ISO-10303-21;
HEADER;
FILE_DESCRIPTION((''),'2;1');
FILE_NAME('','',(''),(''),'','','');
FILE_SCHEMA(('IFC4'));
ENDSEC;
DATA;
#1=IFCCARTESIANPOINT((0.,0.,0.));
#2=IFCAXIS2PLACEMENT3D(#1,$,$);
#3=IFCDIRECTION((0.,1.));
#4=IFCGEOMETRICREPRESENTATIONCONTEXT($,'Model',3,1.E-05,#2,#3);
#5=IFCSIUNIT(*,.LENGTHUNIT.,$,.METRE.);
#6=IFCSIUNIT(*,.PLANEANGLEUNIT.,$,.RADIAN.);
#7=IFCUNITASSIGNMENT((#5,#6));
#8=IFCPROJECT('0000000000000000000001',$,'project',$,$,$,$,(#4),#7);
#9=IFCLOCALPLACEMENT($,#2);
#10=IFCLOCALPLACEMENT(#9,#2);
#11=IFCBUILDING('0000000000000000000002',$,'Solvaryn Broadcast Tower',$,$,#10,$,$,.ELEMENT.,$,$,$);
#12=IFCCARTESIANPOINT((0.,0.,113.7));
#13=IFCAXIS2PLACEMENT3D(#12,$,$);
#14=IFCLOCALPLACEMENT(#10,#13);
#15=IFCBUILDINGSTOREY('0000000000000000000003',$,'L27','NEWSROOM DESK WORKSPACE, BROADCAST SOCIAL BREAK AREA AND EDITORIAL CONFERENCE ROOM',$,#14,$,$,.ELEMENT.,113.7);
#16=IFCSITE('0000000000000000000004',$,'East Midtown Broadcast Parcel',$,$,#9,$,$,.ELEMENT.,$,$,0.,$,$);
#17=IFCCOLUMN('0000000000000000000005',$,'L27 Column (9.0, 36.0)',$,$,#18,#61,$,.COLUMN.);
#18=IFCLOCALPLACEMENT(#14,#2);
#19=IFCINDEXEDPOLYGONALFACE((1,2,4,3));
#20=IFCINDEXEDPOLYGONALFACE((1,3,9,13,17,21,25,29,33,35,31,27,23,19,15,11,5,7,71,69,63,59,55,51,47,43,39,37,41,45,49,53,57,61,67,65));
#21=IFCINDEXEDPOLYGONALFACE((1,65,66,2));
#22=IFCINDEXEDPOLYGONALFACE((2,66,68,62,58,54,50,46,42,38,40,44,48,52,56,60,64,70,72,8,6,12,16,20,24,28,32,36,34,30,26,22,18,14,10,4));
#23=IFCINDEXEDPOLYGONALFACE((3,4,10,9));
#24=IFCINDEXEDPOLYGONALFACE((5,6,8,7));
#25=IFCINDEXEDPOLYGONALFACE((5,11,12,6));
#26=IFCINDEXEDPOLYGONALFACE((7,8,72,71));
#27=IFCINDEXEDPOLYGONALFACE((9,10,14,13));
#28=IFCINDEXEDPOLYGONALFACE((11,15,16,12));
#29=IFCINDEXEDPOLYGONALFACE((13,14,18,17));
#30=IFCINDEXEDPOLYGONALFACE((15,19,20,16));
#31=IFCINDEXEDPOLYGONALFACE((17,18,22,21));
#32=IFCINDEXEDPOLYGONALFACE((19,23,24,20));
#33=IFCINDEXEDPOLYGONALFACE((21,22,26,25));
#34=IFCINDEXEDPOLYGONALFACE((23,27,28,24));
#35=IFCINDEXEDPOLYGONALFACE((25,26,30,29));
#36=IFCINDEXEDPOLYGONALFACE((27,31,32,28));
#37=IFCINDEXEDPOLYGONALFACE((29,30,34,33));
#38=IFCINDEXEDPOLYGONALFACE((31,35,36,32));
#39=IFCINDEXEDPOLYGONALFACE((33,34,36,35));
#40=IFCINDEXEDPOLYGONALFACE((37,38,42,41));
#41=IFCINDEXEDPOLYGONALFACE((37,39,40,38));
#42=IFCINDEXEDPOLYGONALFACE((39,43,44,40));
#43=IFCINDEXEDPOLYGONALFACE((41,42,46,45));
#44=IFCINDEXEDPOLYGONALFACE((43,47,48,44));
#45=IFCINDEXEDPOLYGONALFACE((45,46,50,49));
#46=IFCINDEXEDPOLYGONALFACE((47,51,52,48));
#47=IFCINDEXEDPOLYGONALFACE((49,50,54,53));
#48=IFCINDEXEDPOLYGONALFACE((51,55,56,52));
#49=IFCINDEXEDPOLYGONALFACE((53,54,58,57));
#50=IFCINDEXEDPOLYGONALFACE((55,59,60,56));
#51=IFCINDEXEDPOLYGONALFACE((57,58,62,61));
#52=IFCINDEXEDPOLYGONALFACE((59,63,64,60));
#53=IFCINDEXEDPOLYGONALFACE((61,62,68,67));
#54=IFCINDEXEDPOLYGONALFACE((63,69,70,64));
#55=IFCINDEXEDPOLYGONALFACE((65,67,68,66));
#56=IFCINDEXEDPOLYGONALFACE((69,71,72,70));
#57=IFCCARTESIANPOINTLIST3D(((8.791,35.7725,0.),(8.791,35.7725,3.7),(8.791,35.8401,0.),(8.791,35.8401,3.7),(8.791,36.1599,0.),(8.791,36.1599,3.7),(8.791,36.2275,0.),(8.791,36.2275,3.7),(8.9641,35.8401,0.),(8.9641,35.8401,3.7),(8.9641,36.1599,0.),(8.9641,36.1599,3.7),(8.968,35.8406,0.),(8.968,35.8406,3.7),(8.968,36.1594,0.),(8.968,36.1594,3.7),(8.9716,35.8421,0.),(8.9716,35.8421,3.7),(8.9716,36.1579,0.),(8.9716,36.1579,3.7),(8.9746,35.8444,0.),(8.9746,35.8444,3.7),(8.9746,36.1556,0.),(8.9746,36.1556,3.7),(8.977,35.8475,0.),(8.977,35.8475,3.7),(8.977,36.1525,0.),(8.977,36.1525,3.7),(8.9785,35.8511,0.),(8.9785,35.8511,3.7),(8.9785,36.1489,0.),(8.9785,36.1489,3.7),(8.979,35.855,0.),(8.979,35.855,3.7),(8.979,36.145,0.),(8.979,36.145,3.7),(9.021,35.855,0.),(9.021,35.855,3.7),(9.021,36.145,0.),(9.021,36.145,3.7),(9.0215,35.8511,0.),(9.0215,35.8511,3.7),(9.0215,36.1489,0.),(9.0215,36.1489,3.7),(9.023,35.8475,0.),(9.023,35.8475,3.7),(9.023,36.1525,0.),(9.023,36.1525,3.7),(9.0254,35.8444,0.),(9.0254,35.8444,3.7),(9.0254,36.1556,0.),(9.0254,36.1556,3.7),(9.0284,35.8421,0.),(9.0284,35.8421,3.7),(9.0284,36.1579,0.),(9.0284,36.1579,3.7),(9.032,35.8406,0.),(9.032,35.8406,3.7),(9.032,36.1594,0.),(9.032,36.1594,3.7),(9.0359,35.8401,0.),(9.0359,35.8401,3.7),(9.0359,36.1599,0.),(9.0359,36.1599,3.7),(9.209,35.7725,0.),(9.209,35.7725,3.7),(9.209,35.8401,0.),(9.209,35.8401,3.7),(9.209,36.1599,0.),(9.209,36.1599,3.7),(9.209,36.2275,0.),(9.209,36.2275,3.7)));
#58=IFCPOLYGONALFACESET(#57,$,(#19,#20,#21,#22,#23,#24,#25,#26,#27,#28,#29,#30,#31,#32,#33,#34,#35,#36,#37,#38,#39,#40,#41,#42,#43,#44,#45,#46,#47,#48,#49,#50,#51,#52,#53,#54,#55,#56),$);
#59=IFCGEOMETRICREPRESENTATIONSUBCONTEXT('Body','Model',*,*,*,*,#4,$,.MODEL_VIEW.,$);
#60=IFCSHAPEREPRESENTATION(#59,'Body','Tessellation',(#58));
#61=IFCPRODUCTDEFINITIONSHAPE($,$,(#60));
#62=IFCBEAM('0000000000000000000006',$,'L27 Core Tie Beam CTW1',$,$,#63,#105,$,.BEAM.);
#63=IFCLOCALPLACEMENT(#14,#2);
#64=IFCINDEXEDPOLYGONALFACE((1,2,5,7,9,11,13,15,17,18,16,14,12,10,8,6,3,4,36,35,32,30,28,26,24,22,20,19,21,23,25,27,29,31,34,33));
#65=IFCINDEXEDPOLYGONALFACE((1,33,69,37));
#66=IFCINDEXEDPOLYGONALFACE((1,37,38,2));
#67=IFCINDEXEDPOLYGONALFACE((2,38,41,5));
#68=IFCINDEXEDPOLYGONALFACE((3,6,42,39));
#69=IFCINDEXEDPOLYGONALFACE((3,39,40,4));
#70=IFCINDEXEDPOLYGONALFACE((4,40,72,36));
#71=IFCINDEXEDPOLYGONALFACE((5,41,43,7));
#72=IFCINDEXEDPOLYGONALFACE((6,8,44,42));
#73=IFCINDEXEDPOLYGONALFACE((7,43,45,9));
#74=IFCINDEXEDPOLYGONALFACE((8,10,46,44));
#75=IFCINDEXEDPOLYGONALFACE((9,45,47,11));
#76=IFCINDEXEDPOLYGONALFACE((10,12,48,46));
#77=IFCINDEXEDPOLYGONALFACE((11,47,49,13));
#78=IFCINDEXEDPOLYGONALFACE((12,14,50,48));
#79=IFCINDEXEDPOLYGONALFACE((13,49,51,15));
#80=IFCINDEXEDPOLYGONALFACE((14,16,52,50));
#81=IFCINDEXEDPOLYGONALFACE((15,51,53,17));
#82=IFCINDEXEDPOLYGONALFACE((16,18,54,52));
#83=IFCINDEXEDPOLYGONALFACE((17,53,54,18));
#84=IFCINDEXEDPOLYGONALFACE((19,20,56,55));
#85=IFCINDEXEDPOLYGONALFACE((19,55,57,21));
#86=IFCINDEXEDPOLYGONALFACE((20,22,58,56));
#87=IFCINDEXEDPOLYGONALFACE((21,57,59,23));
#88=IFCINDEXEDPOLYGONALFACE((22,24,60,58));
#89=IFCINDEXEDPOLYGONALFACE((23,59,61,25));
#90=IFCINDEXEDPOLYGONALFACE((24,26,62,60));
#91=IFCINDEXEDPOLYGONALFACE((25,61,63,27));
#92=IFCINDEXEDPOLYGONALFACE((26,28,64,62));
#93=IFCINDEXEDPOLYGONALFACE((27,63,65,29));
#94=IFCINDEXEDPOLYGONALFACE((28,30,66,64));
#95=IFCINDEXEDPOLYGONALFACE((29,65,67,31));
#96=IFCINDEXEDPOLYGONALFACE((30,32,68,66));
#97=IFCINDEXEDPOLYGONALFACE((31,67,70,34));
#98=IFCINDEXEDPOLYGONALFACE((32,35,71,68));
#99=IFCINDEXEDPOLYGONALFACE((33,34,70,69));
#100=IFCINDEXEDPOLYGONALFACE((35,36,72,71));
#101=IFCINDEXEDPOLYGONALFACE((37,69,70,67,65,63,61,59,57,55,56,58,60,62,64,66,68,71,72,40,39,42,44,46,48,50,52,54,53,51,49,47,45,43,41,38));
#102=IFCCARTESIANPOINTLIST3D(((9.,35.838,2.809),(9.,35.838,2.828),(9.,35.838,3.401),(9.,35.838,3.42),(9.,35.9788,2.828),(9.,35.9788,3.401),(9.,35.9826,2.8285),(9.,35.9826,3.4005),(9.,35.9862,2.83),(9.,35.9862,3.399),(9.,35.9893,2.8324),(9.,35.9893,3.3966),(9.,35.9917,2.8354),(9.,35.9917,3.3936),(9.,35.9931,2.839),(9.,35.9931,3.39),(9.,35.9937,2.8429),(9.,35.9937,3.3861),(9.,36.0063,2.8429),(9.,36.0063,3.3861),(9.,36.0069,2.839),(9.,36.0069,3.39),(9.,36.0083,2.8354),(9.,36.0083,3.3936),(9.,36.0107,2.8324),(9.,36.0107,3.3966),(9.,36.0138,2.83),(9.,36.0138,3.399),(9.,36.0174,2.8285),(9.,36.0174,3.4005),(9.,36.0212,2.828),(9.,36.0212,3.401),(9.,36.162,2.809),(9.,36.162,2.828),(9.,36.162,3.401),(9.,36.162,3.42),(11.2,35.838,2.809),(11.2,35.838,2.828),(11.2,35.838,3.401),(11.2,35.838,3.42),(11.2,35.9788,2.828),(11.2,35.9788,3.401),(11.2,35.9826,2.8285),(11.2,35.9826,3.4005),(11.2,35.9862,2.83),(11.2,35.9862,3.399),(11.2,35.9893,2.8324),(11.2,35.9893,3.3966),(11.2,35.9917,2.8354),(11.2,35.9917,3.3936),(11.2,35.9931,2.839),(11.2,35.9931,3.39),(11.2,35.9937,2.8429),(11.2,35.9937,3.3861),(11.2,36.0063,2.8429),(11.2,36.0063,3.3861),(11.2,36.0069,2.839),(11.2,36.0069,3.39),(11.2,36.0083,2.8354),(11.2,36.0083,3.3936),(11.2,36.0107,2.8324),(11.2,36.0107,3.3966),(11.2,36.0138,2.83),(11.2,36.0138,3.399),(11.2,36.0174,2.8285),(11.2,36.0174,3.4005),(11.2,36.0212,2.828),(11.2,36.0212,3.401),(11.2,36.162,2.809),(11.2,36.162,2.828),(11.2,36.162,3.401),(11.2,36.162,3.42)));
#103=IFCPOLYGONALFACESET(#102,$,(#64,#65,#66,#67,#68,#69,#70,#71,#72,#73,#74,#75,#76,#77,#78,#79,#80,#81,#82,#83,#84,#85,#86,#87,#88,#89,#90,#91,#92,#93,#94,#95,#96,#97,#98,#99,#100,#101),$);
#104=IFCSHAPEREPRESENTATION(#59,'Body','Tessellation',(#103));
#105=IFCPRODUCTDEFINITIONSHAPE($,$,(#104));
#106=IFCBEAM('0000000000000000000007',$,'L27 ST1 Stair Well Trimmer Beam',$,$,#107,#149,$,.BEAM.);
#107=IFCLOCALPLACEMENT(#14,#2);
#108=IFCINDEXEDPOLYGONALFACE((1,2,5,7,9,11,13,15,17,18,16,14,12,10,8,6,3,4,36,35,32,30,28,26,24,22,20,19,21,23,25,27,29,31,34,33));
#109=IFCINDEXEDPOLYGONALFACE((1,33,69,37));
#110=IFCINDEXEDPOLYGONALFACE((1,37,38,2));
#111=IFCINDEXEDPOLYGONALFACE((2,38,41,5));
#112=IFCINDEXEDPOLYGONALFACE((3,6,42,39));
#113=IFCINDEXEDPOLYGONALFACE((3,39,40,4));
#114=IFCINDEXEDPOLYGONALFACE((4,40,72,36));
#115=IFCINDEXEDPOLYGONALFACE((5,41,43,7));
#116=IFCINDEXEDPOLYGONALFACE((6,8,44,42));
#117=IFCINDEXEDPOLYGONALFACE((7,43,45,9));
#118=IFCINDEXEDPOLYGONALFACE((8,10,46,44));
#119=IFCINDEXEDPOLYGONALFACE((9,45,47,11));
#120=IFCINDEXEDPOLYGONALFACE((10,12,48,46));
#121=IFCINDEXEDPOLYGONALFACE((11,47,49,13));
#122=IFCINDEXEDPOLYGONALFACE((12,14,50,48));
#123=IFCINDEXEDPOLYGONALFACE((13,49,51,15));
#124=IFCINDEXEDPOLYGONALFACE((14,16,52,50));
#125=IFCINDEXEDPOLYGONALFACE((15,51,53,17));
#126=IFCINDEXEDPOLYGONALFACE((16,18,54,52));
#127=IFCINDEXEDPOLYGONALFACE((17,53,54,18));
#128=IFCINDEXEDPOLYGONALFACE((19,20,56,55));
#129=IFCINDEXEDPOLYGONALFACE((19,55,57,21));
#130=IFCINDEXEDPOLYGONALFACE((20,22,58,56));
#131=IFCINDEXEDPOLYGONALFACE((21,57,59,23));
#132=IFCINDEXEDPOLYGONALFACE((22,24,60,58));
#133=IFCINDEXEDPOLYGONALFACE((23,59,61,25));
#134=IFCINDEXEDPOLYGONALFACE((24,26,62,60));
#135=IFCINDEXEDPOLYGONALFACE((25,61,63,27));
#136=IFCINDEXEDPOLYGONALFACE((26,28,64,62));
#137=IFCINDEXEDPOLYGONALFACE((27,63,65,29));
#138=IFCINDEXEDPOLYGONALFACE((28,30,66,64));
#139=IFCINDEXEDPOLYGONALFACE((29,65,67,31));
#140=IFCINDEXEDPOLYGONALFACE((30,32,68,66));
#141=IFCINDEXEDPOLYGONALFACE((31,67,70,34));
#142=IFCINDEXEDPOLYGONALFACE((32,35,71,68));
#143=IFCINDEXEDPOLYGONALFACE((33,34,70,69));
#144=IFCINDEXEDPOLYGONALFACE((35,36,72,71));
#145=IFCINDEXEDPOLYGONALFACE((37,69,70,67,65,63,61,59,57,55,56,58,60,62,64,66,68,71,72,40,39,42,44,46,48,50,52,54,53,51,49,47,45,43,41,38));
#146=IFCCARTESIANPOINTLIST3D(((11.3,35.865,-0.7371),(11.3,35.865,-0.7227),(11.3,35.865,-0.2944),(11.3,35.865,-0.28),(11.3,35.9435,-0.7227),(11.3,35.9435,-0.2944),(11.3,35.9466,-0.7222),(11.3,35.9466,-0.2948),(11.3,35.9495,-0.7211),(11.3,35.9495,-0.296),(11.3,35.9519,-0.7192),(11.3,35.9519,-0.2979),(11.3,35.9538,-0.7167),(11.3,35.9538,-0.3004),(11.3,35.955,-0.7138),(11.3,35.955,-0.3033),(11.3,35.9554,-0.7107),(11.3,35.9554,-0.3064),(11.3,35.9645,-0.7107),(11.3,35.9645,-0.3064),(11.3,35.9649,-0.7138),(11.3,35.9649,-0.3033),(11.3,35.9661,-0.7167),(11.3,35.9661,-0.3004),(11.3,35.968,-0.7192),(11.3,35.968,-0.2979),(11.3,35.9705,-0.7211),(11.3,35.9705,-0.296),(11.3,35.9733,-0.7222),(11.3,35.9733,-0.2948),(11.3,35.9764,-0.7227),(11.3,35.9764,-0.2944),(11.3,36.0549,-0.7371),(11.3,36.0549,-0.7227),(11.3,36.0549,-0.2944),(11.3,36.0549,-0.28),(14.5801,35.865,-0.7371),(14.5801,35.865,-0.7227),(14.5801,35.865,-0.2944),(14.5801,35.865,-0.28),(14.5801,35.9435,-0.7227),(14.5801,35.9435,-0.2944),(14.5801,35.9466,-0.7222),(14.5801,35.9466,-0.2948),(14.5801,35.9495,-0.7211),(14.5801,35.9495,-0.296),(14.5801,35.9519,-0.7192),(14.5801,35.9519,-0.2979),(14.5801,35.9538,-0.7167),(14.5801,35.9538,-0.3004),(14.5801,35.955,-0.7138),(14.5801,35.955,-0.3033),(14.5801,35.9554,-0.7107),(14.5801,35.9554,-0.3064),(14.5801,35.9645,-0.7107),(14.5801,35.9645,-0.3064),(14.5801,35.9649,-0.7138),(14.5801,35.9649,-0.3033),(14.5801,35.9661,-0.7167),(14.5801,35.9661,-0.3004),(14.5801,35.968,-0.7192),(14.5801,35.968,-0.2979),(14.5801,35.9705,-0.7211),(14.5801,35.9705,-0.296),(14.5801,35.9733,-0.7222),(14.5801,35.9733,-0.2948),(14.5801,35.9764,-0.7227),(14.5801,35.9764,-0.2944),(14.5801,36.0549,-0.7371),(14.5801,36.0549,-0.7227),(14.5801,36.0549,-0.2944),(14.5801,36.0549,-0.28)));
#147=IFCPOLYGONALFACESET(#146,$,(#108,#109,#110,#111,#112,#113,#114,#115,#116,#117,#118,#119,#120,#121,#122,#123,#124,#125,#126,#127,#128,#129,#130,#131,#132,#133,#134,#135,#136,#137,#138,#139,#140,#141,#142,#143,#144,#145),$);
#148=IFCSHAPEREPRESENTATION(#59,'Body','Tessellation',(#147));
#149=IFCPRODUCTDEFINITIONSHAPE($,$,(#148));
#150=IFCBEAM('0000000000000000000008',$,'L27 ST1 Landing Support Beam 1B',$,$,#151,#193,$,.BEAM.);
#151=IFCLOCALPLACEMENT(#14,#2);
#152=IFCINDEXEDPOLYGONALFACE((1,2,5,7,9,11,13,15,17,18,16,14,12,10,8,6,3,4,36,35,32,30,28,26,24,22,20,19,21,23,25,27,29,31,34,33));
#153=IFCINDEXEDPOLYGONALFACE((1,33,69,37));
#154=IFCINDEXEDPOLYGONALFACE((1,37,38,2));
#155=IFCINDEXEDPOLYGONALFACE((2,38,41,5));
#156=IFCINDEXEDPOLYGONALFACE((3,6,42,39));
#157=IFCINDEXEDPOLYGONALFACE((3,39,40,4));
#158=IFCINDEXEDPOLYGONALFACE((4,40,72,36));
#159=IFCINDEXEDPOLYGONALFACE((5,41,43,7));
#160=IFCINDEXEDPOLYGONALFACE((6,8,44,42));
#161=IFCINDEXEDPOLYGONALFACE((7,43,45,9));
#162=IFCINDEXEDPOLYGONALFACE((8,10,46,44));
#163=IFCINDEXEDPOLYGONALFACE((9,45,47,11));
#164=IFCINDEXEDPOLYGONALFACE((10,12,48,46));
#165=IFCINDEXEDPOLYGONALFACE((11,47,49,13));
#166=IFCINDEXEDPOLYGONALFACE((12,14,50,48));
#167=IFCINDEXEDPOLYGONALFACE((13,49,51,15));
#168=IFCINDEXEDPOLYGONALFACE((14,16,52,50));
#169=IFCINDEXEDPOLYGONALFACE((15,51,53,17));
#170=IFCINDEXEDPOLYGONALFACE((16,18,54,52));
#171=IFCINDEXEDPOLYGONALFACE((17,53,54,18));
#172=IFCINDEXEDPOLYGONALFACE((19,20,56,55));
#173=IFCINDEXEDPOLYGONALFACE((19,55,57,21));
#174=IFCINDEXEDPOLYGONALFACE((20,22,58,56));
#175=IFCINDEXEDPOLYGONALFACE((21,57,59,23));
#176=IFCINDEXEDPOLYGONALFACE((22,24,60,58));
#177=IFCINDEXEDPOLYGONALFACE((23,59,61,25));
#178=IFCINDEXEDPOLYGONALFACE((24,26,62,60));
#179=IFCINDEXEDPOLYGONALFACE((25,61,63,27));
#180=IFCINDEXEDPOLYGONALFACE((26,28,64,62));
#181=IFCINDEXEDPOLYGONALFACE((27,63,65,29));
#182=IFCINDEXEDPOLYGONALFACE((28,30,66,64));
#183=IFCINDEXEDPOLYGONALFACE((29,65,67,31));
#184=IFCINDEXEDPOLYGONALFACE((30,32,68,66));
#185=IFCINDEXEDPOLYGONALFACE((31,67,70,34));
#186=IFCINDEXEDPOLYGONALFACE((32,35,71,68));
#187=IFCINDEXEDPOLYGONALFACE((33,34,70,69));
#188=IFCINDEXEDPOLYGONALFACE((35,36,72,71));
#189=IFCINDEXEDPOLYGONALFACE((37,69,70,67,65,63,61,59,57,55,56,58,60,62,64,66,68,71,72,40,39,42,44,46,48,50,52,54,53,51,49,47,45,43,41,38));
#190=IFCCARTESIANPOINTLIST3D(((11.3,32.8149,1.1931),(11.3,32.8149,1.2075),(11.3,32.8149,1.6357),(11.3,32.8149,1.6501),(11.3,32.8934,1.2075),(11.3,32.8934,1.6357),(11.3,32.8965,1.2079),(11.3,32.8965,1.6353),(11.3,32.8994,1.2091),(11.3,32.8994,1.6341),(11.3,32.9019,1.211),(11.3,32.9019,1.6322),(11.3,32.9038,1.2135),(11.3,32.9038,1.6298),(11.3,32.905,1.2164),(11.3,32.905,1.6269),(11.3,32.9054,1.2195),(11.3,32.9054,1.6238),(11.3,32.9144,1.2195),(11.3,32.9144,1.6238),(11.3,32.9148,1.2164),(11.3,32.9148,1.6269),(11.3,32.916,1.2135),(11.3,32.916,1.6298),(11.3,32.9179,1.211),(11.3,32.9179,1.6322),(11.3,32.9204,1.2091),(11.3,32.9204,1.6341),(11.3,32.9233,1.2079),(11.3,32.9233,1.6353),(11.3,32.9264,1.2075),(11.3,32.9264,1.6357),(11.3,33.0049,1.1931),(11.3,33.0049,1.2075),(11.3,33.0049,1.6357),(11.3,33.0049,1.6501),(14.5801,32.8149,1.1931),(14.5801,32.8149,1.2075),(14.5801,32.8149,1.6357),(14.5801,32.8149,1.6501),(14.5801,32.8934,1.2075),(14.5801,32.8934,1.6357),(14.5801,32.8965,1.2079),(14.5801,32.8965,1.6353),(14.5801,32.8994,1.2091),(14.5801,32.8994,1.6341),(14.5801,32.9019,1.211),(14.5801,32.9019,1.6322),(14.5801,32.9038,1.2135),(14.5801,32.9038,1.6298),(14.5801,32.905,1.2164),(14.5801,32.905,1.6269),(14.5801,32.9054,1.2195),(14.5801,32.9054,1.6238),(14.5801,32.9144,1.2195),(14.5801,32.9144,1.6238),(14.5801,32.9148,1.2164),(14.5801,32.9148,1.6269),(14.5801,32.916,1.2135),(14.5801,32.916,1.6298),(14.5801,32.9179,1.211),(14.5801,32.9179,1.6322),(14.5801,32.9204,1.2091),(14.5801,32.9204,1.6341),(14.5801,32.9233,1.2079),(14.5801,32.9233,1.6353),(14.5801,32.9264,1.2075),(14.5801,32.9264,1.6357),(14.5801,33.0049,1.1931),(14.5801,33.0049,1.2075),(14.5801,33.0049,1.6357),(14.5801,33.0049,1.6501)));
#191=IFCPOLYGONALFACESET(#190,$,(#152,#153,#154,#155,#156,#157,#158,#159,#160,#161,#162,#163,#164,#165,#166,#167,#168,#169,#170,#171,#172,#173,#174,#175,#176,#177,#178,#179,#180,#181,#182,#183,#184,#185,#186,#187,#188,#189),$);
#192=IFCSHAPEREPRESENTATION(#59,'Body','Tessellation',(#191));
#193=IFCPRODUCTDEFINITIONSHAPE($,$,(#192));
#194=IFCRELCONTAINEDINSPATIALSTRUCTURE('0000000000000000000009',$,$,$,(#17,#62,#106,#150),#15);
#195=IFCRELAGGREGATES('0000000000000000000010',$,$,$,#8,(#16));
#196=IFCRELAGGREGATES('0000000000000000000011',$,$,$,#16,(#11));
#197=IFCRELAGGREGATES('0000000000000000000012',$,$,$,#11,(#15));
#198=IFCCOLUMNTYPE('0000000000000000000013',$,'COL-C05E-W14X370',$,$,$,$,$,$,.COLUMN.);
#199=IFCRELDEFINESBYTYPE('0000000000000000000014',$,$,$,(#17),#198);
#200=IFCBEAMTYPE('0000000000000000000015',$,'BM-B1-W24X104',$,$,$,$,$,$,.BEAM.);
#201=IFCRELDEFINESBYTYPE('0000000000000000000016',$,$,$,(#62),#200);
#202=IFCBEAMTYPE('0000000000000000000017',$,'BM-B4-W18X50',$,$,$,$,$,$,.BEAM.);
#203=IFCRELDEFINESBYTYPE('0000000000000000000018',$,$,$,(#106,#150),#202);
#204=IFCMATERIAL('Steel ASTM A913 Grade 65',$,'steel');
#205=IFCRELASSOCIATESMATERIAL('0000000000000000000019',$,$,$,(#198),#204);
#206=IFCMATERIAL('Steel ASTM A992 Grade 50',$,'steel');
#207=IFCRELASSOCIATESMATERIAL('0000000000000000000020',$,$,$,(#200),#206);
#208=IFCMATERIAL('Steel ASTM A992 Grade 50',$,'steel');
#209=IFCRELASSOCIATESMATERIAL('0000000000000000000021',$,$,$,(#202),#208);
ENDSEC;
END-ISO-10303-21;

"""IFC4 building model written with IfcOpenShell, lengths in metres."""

from ifc_helpers import new_model, si_unit, direction, frame, origin, origin_2d, place, context, subcontext, project, spatial, i_section, extrude, material, material_profile, profile_set, type_object, element, save


model = new_model("IFC4")

# Units and contexts
model_context = context("Model", 3, precision=1e-05, world=origin(), true_north=direction((0.0, 1.0)))
body_context = subcontext(model_context, "Body", "Model", "MODEL_VIEW")
ifc_project = project(units=[si_unit("LENGTHUNIT", "METRE"), si_unit("PLANEANGLEUNIT", "RADIAN")], contexts=[model_context])

# Site, building, storey
site_placement = place(None, origin())
site = spatial("IfcSite", under=ifc_project, at=site_placement, Name="East Midtown Broadcast Parcel", CompositionType="ELEMENT", RefElevation=0.0)
building_placement = place(site_placement, origin())
building = spatial("IfcBuilding", under=site, at=building_placement, Name="Solvaryn Broadcast Tower", CompositionType="ELEMENT")
storey_placement = place(building_placement, frame((0.0, 0.0, 113.7)))
storey = spatial("IfcBuildingStorey", under=building, at=storey_placement, Name="L27", Description="NEWSROOM DESK WORKSPACE, BROADCAST SOCIAL BREAK AREA AND EDITORIAL CONFERENCE ROOM", CompositionType="ELEMENT", Elevation=113.7)

# Column
ifc_material_1 = material(Name="Steel ASTM A913 Grade 65", Category="steel")
ifc_material_profile_1 = material_profile(ifc_material_1, i_section(OverallWidth=0.418, OverallDepth=0.4551, WebThickness=0.042, FlangeThickness=0.0676, FilletRadius=0.0149, at=origin_2d()))
ifc_profile_set_1 = profile_set([ifc_material_profile_1], Name="Steel ASTM A913 Grade 65")
column_type = type_object("IfcColumnType", Name="COL-C05E-W14X370", PredefinedType="COLUMN", material=ifc_profile_set_1)
column_placement = place(storey_placement, frame((9.0, 36.0, 0.0), z_axis=(0.0, 0.0, 1.0), x_axis=(1.0, 0.0, 0.0)))
element("IfcColumn", 1, at=column_placement, inside=storey, type_object=column_type, Name="L27 Column (9.0, 36.0)", PredefinedType="COLUMN", context=body_context, shape_type="SweptSolid", body=[
    extrude(i_section(OverallWidth=0.418, OverallDepth=0.4551, WebThickness=0.042, FlangeThickness=0.0676, FilletRadius=0.0149, at=origin_2d()), origin(), (0.0, 0.0, 1.0), 3.7),
])

# Beams
ifc_material_2 = material(Name="Steel ASTM A992 Grade 50", Category="steel")
ifc_material_profile_2 = material_profile(ifc_material_2, i_section(OverallWidth=0.324, OverallDepth=0.6111, WebThickness=0.0127, FlangeThickness=0.019, FilletRadius=0.0149, at=origin_2d()))
ifc_profile_set_2 = profile_set([ifc_material_profile_2], Name="Steel ASTM A992 Grade 50")
beam_type_1 = type_object("IfcBeamType", Name="BM-B1-W24X104", PredefinedType="BEAM", material=ifc_profile_set_2)
beam_1_placement = place(storey_placement, frame((9.0, 36.0, 3.1145), z_axis=(1.0, 0.0, 0.0), x_axis=(0.0, 1.0, 0.0)))
element("IfcBeam", 2, at=beam_1_placement, inside=storey, type_object=beam_type_1, Name="L27 Core Tie Beam CTW1", PredefinedType="BEAM", context=body_context, shape_type="SweptSolid", body=[
    extrude(i_section(OverallWidth=0.324, OverallDepth=0.6111, WebThickness=0.0127, FlangeThickness=0.019, FilletRadius=0.0149, at=origin_2d()), origin(), (0.0, 0.0, 1.0), 2.2),
])
ifc_material_3 = material(Name="Steel ASTM A992 Grade 50", Category="steel")
ifc_material_profile_3 = material_profile(ifc_material_3, i_section(OverallWidth=0.1899, OverallDepth=0.457, WebThickness=0.009, FlangeThickness=0.0144, FilletRadius=0.012, at=origin_2d()))
ifc_profile_set_3 = profile_set([ifc_material_profile_3], Name="Steel ASTM A992 Grade 50")
beam_type_2 = type_object("IfcBeamType", Name="BM-B4-W18X50", PredefinedType="BEAM", material=ifc_profile_set_3)
for number, where, z_axis, x_axis, name in (
    (3, (11.3, 35.96, -0.5085), (1.0, 0.0, 0.0), (0.0, 1.0, 0.0), "L27 ST1 Stair Well Trimmer Beam"),
    (4, (11.3, 32.9099, 1.4216), (1.0, 0.0, 0.0), (0.0, 1.0, 0.0), "L27 ST1 Landing Support Beam 1B"),
):
    element("IfcBeam", number, at=place(storey_placement, frame(where, z_axis=z_axis, x_axis=x_axis)), inside=storey, type_object=beam_type_2, Name=name, PredefinedType="BEAM", context=body_context, shape_type="SweptSolid", body=[
        extrude(i_section(OverallWidth=0.1899, OverallDepth=0.457, WebThickness=0.009, FlangeThickness=0.0144, FilletRadius=0.012, at=origin_2d()), origin(), (0.0, 0.0, 1.0), 3.28),
    ])

save(model, "model.ifc")
